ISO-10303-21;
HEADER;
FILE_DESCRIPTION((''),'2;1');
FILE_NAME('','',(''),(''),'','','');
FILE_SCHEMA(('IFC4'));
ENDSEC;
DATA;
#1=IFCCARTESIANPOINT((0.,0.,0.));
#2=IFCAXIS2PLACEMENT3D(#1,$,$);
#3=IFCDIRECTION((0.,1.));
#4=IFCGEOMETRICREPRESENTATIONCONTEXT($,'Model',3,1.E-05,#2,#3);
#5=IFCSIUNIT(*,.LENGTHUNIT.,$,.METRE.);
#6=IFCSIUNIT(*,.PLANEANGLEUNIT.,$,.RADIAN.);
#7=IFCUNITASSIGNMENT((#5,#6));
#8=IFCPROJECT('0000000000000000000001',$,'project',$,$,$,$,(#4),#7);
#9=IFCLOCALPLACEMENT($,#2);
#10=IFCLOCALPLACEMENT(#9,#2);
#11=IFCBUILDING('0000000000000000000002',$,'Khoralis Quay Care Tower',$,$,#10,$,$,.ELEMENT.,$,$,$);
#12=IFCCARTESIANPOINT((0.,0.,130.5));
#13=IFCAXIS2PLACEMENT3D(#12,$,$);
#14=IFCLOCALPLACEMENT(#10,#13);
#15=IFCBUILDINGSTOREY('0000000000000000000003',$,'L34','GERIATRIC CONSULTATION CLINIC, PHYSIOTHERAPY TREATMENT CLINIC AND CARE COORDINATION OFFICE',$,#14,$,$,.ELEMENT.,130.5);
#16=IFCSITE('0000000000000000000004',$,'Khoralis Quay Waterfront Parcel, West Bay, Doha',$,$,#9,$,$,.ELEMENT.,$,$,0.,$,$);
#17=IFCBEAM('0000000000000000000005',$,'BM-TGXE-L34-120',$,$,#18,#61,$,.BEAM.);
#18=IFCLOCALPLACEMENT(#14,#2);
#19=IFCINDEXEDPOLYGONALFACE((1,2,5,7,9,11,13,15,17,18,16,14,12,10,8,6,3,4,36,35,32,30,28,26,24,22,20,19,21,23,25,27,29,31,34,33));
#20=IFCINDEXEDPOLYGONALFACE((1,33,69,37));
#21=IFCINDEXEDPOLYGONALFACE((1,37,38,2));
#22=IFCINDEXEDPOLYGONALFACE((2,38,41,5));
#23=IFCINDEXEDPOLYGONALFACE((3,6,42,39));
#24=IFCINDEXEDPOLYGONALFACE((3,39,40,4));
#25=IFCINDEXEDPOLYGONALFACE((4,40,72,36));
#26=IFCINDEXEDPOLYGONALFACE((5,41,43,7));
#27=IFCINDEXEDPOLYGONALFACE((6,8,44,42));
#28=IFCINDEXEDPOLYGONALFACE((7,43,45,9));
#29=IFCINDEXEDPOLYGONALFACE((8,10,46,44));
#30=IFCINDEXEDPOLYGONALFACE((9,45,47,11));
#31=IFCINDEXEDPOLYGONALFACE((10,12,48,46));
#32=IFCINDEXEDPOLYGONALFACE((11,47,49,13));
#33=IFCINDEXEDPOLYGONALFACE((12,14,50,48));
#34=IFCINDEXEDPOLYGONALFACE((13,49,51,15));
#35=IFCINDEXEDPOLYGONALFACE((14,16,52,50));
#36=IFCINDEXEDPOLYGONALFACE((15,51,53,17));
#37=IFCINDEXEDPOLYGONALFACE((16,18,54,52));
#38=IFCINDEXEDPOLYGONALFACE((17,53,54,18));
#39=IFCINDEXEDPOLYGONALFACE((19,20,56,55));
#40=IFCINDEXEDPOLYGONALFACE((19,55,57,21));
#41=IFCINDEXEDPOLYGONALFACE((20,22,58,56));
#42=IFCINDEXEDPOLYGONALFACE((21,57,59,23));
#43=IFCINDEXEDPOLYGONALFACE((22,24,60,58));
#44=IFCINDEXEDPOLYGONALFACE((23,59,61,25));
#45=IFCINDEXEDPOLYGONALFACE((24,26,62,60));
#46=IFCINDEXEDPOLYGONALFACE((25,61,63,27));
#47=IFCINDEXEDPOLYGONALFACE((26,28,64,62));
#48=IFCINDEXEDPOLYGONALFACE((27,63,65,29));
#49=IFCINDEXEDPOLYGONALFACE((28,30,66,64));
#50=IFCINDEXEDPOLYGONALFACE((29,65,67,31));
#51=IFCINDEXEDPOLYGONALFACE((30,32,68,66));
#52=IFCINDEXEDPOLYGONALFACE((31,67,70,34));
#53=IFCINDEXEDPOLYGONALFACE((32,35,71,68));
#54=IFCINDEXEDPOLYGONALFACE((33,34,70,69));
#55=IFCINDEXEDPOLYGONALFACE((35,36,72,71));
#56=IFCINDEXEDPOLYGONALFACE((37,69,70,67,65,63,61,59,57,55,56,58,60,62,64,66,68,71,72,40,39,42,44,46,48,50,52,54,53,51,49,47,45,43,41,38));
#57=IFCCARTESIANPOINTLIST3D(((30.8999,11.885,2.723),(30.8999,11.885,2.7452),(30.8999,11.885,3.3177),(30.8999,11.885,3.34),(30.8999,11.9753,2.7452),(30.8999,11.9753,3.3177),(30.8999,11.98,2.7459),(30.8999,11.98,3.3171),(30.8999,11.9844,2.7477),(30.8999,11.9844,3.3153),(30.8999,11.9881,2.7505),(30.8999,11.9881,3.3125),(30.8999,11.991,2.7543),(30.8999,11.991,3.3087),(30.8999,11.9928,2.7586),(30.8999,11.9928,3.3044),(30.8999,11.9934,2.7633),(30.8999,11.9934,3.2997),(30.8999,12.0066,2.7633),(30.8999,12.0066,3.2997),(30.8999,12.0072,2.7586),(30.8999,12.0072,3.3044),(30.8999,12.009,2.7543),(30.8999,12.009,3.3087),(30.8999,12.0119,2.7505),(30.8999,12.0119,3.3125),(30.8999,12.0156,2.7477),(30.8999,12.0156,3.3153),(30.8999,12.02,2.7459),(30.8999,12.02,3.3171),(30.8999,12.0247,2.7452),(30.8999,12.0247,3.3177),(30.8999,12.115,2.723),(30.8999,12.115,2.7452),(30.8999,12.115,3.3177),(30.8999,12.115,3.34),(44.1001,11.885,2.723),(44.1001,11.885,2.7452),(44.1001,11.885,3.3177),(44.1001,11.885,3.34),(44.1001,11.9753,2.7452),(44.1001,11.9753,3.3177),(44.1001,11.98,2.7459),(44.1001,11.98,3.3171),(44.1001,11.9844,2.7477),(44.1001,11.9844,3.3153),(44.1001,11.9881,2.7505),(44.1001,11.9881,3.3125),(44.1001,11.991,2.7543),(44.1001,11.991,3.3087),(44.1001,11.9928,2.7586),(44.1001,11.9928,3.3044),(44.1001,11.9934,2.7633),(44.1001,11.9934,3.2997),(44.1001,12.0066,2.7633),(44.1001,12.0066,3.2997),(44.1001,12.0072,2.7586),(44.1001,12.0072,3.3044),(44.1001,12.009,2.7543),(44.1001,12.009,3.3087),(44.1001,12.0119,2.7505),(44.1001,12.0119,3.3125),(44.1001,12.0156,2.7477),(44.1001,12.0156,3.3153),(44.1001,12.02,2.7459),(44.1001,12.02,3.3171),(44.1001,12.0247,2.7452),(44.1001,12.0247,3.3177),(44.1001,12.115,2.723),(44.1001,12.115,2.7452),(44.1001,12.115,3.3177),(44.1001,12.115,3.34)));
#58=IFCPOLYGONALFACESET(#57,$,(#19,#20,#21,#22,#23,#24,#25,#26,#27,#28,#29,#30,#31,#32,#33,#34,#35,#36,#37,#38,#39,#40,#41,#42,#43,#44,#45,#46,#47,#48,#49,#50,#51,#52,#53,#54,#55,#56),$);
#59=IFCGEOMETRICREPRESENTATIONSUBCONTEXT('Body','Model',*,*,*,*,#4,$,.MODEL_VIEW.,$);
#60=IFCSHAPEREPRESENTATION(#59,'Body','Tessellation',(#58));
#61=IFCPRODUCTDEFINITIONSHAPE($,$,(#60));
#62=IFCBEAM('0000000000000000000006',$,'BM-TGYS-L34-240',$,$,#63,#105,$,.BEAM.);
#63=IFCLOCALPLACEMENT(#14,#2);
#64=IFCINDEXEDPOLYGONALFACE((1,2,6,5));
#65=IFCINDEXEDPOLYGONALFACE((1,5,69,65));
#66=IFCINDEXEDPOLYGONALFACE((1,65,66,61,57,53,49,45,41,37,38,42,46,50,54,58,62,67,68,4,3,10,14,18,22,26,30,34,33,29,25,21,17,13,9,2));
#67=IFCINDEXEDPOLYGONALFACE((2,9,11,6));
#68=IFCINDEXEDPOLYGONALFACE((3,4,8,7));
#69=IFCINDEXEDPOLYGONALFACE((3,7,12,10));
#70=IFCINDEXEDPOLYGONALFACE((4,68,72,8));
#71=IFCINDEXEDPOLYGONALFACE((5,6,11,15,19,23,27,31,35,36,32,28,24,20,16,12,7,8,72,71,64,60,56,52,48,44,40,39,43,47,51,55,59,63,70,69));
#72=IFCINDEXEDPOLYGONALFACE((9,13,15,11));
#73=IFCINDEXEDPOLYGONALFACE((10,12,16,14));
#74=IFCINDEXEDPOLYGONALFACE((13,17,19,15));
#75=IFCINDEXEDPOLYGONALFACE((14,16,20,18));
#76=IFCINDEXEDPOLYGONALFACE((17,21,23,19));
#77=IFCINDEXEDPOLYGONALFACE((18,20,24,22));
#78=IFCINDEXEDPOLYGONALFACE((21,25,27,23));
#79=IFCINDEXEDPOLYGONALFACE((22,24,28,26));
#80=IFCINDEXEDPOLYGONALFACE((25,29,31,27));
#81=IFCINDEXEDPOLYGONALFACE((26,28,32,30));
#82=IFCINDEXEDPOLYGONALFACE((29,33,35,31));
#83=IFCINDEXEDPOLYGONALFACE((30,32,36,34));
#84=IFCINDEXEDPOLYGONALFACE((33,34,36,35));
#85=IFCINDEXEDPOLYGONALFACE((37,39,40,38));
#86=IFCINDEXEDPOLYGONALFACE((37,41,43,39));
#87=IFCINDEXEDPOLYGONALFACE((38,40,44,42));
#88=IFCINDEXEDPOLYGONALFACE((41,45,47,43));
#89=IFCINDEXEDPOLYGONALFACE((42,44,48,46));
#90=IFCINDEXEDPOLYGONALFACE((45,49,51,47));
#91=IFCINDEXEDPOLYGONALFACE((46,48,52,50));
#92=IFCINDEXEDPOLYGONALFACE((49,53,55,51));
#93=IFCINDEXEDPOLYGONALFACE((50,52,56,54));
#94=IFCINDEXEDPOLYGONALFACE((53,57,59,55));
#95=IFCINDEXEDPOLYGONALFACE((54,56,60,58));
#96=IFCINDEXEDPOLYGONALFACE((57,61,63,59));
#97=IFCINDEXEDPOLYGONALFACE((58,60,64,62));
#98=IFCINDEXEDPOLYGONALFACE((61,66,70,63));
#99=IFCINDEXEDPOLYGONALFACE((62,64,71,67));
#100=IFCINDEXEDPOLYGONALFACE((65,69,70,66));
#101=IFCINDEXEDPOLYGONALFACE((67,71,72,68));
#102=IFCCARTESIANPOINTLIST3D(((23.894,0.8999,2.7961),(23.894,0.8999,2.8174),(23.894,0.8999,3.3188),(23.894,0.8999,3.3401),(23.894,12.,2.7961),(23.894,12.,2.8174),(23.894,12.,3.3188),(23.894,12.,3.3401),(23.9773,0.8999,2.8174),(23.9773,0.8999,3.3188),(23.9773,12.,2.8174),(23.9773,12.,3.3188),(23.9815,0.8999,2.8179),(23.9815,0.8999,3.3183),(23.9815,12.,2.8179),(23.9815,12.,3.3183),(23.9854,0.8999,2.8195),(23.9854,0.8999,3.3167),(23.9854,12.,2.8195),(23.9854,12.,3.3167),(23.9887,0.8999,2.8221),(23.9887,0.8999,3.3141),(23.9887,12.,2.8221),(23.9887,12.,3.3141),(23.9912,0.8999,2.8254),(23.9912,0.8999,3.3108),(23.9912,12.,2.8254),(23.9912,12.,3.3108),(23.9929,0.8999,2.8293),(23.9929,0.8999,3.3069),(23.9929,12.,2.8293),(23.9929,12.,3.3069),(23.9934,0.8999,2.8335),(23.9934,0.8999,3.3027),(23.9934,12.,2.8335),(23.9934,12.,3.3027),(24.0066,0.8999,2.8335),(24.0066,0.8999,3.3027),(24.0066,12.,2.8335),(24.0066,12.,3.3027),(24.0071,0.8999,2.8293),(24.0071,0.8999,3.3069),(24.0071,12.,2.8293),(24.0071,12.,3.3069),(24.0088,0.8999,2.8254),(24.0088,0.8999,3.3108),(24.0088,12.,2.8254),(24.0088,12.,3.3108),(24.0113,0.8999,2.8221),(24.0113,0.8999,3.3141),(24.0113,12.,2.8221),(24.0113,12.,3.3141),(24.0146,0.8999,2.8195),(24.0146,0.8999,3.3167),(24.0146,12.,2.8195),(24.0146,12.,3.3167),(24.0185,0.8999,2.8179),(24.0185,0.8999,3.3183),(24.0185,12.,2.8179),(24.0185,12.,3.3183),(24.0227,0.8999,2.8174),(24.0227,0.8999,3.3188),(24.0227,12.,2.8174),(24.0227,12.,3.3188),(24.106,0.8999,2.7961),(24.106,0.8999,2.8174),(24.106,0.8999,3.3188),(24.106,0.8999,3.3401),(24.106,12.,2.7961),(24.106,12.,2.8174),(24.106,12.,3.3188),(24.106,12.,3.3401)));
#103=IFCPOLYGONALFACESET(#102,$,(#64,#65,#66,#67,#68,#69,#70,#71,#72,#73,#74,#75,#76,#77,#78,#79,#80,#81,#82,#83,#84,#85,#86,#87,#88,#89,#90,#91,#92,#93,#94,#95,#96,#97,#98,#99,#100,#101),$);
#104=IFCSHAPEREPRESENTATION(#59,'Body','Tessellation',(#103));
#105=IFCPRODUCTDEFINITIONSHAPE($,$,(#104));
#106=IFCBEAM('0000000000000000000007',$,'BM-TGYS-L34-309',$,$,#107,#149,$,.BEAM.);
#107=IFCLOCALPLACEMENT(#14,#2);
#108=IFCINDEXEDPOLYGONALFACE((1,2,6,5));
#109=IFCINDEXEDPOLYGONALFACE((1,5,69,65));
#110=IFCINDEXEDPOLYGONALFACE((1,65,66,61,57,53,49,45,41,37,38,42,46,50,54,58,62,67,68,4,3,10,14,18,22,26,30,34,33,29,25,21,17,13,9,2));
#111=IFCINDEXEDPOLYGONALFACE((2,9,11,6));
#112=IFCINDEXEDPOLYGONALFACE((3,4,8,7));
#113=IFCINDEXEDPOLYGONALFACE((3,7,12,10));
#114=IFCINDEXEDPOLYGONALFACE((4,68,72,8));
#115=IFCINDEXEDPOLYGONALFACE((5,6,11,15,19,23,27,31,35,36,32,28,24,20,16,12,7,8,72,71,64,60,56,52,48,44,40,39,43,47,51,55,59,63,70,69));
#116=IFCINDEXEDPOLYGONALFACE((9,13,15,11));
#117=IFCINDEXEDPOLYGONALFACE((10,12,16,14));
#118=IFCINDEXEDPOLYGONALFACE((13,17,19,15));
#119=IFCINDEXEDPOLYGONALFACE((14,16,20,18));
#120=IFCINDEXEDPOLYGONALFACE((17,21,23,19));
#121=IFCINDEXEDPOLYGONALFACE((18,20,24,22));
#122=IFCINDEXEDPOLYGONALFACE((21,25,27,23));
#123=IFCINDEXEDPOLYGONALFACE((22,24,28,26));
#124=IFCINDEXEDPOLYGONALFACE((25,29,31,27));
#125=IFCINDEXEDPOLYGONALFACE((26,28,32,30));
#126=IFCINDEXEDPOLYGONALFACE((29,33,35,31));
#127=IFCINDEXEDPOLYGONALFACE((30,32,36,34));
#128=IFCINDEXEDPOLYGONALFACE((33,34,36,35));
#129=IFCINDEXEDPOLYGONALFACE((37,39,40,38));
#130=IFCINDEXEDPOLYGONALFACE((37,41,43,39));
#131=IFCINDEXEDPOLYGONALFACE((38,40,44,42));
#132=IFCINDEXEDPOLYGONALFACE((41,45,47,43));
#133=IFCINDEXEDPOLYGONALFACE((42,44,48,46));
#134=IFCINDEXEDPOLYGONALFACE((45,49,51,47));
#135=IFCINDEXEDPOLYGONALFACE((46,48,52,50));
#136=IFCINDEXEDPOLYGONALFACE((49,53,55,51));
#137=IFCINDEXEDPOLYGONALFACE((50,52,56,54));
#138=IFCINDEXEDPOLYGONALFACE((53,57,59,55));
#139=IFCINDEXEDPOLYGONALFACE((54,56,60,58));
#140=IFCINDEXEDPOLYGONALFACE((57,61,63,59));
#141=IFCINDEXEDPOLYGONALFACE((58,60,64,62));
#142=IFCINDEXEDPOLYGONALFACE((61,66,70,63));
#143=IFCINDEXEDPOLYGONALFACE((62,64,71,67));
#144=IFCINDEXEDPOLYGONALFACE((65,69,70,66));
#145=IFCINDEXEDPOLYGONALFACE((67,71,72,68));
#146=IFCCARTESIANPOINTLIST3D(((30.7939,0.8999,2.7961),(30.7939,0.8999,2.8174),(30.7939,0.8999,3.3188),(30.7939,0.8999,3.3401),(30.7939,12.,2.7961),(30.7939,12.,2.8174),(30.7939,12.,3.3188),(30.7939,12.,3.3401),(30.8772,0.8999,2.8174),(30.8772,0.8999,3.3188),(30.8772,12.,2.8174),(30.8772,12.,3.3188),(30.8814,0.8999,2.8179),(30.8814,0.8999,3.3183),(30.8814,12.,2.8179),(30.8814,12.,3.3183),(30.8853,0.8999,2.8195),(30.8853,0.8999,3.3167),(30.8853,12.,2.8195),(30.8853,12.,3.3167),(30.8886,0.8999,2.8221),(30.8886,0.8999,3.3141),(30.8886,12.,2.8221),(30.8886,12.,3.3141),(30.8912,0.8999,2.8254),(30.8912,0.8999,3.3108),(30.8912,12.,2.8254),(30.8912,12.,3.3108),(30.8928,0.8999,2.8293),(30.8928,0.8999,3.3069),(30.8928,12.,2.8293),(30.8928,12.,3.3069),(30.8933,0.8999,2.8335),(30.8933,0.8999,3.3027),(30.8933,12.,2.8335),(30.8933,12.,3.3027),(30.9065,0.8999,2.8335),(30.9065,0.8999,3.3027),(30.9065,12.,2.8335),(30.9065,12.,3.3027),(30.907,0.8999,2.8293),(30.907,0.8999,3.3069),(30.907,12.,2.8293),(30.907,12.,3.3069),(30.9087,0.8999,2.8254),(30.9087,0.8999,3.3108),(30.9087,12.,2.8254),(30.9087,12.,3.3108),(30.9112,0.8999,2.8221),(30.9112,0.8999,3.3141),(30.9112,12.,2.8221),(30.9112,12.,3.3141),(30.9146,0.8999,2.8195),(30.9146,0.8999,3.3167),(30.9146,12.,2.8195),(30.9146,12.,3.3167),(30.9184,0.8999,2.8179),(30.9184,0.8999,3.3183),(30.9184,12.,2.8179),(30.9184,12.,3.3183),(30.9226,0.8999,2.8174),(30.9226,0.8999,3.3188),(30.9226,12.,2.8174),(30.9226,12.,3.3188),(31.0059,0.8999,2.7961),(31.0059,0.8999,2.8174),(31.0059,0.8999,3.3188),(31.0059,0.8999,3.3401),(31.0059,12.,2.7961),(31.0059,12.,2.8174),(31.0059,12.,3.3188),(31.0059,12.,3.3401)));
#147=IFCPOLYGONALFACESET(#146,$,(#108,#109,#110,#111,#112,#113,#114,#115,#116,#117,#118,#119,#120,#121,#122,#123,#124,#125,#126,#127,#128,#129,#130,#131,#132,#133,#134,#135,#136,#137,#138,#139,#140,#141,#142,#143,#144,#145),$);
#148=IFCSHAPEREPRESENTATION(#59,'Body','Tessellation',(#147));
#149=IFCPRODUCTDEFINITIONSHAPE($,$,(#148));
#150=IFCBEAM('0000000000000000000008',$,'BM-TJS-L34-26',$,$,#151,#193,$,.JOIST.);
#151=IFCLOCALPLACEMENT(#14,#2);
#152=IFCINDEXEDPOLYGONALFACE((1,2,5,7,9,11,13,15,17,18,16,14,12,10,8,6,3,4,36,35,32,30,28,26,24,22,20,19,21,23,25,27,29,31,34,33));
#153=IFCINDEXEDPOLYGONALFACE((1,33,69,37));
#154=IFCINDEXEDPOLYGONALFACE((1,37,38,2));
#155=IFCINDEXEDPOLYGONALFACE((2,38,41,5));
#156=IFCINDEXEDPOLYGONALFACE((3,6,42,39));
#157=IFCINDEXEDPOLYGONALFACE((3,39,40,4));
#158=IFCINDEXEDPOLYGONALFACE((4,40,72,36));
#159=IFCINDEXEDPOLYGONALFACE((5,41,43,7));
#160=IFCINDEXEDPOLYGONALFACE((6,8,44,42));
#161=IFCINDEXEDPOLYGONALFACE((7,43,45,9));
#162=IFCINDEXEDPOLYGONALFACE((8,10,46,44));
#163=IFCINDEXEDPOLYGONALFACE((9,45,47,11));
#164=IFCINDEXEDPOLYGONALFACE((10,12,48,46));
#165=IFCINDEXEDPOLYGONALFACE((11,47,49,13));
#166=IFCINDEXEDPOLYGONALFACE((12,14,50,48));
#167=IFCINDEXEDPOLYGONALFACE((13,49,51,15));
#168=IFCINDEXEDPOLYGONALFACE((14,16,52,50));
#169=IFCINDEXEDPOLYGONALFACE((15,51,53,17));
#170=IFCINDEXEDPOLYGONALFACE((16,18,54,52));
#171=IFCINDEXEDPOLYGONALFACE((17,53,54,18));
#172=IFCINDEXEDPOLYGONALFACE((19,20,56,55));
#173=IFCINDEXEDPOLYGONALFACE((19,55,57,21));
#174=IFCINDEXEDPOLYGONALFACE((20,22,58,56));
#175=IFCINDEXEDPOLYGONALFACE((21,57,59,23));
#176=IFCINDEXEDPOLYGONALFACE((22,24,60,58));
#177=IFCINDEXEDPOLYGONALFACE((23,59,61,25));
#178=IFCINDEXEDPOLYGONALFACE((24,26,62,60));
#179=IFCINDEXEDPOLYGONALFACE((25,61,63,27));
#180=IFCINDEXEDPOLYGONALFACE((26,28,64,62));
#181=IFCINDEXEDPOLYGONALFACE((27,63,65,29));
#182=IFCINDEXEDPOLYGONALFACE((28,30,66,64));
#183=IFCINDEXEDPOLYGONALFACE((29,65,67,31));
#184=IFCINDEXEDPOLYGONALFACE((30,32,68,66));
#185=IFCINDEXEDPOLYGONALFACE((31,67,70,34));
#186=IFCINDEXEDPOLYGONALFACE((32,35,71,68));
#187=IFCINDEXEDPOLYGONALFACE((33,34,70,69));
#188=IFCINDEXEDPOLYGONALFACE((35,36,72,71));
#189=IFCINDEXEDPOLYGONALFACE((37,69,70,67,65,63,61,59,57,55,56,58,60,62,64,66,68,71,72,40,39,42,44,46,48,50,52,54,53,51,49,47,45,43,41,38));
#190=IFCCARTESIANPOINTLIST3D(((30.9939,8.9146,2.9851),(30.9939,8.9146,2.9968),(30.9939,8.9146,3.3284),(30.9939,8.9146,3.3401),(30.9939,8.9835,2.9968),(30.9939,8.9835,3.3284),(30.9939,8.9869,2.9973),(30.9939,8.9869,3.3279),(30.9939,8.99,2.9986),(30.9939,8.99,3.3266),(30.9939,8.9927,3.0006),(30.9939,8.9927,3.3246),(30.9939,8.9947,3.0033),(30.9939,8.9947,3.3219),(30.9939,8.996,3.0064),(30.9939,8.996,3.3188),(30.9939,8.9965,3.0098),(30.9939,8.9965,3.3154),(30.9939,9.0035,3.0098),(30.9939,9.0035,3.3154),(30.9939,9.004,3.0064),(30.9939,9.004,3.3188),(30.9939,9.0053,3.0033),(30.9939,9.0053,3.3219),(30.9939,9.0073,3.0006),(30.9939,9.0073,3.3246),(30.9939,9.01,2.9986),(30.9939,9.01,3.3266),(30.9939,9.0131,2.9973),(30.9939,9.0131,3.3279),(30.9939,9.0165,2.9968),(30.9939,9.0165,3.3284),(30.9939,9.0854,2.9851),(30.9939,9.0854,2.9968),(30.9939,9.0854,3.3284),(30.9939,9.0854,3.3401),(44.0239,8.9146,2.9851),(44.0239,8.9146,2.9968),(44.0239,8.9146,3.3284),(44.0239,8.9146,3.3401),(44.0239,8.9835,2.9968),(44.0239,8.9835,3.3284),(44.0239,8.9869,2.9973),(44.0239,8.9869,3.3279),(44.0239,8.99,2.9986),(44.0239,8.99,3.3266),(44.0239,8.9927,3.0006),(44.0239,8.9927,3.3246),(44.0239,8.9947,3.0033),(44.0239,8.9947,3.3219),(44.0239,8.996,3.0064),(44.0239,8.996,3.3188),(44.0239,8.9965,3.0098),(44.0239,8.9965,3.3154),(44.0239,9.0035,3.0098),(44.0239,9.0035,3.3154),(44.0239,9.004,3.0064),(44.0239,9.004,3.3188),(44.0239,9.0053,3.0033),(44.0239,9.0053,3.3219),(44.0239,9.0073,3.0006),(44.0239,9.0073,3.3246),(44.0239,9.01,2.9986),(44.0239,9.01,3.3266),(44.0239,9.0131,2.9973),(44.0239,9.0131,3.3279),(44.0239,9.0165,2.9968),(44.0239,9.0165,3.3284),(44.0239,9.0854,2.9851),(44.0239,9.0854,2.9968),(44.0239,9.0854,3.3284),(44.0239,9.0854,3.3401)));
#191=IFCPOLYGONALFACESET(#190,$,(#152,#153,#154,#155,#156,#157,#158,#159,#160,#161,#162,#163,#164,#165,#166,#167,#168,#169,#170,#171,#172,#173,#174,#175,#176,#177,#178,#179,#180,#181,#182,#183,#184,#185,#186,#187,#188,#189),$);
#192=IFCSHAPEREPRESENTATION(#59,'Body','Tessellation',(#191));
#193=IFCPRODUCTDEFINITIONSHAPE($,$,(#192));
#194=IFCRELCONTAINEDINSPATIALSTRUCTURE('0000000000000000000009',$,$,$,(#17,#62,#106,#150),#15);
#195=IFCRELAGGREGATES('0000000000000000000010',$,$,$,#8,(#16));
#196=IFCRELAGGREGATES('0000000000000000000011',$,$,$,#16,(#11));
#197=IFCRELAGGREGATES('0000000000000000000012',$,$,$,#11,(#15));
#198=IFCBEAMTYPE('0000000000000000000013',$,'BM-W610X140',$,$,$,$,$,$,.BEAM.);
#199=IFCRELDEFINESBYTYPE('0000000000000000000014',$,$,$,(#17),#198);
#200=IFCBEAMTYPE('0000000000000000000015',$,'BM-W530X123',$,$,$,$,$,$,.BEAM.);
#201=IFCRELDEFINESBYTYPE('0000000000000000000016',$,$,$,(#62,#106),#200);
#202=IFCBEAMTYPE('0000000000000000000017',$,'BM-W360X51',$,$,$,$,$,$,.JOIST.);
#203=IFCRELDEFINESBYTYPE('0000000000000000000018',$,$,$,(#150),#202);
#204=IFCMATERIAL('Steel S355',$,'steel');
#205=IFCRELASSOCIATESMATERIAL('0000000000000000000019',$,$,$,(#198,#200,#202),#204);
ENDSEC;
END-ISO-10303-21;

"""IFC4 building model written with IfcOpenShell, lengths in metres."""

from ifc_helpers import new_model, si_unit, direction, frame, origin, origin_2d, place, context, subcontext, project, spatial, i_section, extrude, source, transform, mapped, material, material_profile, profile_set, type_object, element, save


model = new_model("IFC4")

# Units and contexts
model_context = context("Model", 3, precision=1e-05, world=origin(), true_north=direction((0.0, 1.0)))
body_context = subcontext(model_context, "Body", "Model", "MODEL_VIEW")
ifc_project = project(units=[si_unit("LENGTHUNIT", "METRE"), si_unit("PLANEANGLEUNIT", "RADIAN")], contexts=[model_context])

# Site, building, storey
site_placement = place(None, origin())
site = spatial("IfcSite", under=ifc_project, at=site_placement, Name="Khoralis Quay Waterfront Parcel, West Bay, Doha", CompositionType="ELEMENT", RefElevation=0.0)
building_placement = place(site_placement, origin())
building = spatial("IfcBuilding", under=site, at=building_placement, Name="Khoralis Quay Care Tower", CompositionType="ELEMENT")
storey_placement = place(building_placement, frame((0.0, 0.0, 130.5)))
storey = spatial("IfcBuildingStorey", under=building, at=storey_placement, Name="L34", Description="GERIATRIC CONSULTATION CLINIC, PHYSIOTHERAPY TREATMENT CLINIC AND CARE COORDINATION OFFICE", CompositionType="ELEMENT", Elevation=130.5)

# Beams
ifc_material_1 = material(Name="Steel S355", Category="steel")
ifc_material_profile_1 = material_profile(ifc_material_1, i_section(OverallWidth=0.23, OverallDepth=0.6169, WebThickness=0.0132, FlangeThickness=0.0222, FilletRadius=0.0181, at=origin_2d()), Name="Steel S355")
ifc_profile_set_1 = profile_set([ifc_material_profile_1], Name="Steel S355")
beam_type_1 = type_object("IfcBeamType", Name="BM-W610X140", PredefinedType="BEAM", material=ifc_profile_set_1)
shared_shape_1 = source(origin(), body_context, "Body", "SweptSolid", [
    extrude(i_section(OverallWidth=0.23, OverallDepth=0.6169, WebThickness=0.0132, FlangeThickness=0.0222, FilletRadius=0.0181, at=origin_2d()), origin(), (0.0, 0.0, 1.0), 13.2002),
])
beam_1_placement = place(storey_placement, frame((30.8999, 12.0, 3.0315), z_axis=(1.0, 0.0, 0.0), x_axis=(0.0, 1.0, 0.0)))
element("IfcBeam", 1, at=beam_1_placement, inside=storey, type_object=beam_type_1, Name="BM-TGXE-L34-120", PredefinedType="BEAM", context=body_context, shape_type="MappedRepresentation", body=[
    mapped(shared_shape_1, transform((0.0, 0.0, 0.0), scale=1.0)),
])
ifc_material_profile_2 = material_profile(ifc_material_1, i_section(OverallWidth=0.2119, OverallDepth=0.5439, WebThickness=0.0132, FlangeThickness=0.0212, FilletRadius=0.0161, at=origin_2d()), Name="Steel S355")
ifc_profile_set_2 = profile_set([ifc_material_profile_2], Name="Steel S355")
beam_type_2 = type_object("IfcBeamType", Name="BM-W530X123", PredefinedType="BEAM", material=ifc_profile_set_2)
shared_shape_2 = source(origin(), body_context, "Body", "SweptSolid", [
    extrude(i_section(OverallWidth=0.2119, OverallDepth=0.5439, WebThickness=0.0132, FlangeThickness=0.0212, FilletRadius=0.0161, at=origin_2d()), origin(), (0.0, 0.0, 1.0), 11.1001),
])
for number, where, z_axis, x_axis, name in (
    (2, (24.0, 0.8999, 3.0681), (0.0, 1.0, 0.0), (-1.0, 0.0, 0.0), "BM-TGYS-L34-240"),
    (3, (30.8999, 0.8999, 3.0681), (0.0, 1.0, 0.0), (-1.0, 0.0, 0.0), "BM-TGYS-L34-309"),
):
    element("IfcBeam", number, at=place(storey_placement, frame(where, z_axis=z_axis, x_axis=x_axis)), inside=storey, type_object=beam_type_2, Name=name, PredefinedType="BEAM", context=body_context, shape_type="MappedRepresentation", body=[
        mapped(shared_shape_2, transform((0.0, 0.0, 0.0), scale=1.0)),
    ])
ifc_material_profile_3 = material_profile(ifc_material_1, i_section(OverallWidth=0.1709, OverallDepth=0.355, WebThickness=0.0071, FlangeThickness=0.0117, FilletRadius=0.0129, at=origin_2d()), Name="Steel S355")
ifc_profile_set_3 = profile_set([ifc_material_profile_3], Name="Steel S355")
beam_type_3 = type_object("IfcBeamType", Name="BM-W360X51", PredefinedType="JOIST", material=ifc_profile_set_3)
shared_shape_3 = source(origin(), body_context, "Body", "SweptSolid", [
    extrude(i_section(OverallWidth=0.1709, OverallDepth=0.355, WebThickness=0.0071, FlangeThickness=0.0117, FilletRadius=0.0129, at=origin_2d()), origin(), (0.0, 0.0, 1.0), 13.03),
])
beam_2_placement = place(storey_placement, frame((30.9939, 9.0, 3.1626), z_axis=(1.0, 0.0, 0.0), x_axis=(0.0, 1.0, 0.0)))
element("IfcBeam", 4, at=beam_2_placement, inside=storey, type_object=beam_type_3, Name="BM-TJS-L34-26", PredefinedType="JOIST", context=body_context, shape_type="MappedRepresentation", body=[
    mapped(shared_shape_3, transform((0.0, 0.0, 0.0), scale=1.0)),
])

save(model, "model.ifc")
